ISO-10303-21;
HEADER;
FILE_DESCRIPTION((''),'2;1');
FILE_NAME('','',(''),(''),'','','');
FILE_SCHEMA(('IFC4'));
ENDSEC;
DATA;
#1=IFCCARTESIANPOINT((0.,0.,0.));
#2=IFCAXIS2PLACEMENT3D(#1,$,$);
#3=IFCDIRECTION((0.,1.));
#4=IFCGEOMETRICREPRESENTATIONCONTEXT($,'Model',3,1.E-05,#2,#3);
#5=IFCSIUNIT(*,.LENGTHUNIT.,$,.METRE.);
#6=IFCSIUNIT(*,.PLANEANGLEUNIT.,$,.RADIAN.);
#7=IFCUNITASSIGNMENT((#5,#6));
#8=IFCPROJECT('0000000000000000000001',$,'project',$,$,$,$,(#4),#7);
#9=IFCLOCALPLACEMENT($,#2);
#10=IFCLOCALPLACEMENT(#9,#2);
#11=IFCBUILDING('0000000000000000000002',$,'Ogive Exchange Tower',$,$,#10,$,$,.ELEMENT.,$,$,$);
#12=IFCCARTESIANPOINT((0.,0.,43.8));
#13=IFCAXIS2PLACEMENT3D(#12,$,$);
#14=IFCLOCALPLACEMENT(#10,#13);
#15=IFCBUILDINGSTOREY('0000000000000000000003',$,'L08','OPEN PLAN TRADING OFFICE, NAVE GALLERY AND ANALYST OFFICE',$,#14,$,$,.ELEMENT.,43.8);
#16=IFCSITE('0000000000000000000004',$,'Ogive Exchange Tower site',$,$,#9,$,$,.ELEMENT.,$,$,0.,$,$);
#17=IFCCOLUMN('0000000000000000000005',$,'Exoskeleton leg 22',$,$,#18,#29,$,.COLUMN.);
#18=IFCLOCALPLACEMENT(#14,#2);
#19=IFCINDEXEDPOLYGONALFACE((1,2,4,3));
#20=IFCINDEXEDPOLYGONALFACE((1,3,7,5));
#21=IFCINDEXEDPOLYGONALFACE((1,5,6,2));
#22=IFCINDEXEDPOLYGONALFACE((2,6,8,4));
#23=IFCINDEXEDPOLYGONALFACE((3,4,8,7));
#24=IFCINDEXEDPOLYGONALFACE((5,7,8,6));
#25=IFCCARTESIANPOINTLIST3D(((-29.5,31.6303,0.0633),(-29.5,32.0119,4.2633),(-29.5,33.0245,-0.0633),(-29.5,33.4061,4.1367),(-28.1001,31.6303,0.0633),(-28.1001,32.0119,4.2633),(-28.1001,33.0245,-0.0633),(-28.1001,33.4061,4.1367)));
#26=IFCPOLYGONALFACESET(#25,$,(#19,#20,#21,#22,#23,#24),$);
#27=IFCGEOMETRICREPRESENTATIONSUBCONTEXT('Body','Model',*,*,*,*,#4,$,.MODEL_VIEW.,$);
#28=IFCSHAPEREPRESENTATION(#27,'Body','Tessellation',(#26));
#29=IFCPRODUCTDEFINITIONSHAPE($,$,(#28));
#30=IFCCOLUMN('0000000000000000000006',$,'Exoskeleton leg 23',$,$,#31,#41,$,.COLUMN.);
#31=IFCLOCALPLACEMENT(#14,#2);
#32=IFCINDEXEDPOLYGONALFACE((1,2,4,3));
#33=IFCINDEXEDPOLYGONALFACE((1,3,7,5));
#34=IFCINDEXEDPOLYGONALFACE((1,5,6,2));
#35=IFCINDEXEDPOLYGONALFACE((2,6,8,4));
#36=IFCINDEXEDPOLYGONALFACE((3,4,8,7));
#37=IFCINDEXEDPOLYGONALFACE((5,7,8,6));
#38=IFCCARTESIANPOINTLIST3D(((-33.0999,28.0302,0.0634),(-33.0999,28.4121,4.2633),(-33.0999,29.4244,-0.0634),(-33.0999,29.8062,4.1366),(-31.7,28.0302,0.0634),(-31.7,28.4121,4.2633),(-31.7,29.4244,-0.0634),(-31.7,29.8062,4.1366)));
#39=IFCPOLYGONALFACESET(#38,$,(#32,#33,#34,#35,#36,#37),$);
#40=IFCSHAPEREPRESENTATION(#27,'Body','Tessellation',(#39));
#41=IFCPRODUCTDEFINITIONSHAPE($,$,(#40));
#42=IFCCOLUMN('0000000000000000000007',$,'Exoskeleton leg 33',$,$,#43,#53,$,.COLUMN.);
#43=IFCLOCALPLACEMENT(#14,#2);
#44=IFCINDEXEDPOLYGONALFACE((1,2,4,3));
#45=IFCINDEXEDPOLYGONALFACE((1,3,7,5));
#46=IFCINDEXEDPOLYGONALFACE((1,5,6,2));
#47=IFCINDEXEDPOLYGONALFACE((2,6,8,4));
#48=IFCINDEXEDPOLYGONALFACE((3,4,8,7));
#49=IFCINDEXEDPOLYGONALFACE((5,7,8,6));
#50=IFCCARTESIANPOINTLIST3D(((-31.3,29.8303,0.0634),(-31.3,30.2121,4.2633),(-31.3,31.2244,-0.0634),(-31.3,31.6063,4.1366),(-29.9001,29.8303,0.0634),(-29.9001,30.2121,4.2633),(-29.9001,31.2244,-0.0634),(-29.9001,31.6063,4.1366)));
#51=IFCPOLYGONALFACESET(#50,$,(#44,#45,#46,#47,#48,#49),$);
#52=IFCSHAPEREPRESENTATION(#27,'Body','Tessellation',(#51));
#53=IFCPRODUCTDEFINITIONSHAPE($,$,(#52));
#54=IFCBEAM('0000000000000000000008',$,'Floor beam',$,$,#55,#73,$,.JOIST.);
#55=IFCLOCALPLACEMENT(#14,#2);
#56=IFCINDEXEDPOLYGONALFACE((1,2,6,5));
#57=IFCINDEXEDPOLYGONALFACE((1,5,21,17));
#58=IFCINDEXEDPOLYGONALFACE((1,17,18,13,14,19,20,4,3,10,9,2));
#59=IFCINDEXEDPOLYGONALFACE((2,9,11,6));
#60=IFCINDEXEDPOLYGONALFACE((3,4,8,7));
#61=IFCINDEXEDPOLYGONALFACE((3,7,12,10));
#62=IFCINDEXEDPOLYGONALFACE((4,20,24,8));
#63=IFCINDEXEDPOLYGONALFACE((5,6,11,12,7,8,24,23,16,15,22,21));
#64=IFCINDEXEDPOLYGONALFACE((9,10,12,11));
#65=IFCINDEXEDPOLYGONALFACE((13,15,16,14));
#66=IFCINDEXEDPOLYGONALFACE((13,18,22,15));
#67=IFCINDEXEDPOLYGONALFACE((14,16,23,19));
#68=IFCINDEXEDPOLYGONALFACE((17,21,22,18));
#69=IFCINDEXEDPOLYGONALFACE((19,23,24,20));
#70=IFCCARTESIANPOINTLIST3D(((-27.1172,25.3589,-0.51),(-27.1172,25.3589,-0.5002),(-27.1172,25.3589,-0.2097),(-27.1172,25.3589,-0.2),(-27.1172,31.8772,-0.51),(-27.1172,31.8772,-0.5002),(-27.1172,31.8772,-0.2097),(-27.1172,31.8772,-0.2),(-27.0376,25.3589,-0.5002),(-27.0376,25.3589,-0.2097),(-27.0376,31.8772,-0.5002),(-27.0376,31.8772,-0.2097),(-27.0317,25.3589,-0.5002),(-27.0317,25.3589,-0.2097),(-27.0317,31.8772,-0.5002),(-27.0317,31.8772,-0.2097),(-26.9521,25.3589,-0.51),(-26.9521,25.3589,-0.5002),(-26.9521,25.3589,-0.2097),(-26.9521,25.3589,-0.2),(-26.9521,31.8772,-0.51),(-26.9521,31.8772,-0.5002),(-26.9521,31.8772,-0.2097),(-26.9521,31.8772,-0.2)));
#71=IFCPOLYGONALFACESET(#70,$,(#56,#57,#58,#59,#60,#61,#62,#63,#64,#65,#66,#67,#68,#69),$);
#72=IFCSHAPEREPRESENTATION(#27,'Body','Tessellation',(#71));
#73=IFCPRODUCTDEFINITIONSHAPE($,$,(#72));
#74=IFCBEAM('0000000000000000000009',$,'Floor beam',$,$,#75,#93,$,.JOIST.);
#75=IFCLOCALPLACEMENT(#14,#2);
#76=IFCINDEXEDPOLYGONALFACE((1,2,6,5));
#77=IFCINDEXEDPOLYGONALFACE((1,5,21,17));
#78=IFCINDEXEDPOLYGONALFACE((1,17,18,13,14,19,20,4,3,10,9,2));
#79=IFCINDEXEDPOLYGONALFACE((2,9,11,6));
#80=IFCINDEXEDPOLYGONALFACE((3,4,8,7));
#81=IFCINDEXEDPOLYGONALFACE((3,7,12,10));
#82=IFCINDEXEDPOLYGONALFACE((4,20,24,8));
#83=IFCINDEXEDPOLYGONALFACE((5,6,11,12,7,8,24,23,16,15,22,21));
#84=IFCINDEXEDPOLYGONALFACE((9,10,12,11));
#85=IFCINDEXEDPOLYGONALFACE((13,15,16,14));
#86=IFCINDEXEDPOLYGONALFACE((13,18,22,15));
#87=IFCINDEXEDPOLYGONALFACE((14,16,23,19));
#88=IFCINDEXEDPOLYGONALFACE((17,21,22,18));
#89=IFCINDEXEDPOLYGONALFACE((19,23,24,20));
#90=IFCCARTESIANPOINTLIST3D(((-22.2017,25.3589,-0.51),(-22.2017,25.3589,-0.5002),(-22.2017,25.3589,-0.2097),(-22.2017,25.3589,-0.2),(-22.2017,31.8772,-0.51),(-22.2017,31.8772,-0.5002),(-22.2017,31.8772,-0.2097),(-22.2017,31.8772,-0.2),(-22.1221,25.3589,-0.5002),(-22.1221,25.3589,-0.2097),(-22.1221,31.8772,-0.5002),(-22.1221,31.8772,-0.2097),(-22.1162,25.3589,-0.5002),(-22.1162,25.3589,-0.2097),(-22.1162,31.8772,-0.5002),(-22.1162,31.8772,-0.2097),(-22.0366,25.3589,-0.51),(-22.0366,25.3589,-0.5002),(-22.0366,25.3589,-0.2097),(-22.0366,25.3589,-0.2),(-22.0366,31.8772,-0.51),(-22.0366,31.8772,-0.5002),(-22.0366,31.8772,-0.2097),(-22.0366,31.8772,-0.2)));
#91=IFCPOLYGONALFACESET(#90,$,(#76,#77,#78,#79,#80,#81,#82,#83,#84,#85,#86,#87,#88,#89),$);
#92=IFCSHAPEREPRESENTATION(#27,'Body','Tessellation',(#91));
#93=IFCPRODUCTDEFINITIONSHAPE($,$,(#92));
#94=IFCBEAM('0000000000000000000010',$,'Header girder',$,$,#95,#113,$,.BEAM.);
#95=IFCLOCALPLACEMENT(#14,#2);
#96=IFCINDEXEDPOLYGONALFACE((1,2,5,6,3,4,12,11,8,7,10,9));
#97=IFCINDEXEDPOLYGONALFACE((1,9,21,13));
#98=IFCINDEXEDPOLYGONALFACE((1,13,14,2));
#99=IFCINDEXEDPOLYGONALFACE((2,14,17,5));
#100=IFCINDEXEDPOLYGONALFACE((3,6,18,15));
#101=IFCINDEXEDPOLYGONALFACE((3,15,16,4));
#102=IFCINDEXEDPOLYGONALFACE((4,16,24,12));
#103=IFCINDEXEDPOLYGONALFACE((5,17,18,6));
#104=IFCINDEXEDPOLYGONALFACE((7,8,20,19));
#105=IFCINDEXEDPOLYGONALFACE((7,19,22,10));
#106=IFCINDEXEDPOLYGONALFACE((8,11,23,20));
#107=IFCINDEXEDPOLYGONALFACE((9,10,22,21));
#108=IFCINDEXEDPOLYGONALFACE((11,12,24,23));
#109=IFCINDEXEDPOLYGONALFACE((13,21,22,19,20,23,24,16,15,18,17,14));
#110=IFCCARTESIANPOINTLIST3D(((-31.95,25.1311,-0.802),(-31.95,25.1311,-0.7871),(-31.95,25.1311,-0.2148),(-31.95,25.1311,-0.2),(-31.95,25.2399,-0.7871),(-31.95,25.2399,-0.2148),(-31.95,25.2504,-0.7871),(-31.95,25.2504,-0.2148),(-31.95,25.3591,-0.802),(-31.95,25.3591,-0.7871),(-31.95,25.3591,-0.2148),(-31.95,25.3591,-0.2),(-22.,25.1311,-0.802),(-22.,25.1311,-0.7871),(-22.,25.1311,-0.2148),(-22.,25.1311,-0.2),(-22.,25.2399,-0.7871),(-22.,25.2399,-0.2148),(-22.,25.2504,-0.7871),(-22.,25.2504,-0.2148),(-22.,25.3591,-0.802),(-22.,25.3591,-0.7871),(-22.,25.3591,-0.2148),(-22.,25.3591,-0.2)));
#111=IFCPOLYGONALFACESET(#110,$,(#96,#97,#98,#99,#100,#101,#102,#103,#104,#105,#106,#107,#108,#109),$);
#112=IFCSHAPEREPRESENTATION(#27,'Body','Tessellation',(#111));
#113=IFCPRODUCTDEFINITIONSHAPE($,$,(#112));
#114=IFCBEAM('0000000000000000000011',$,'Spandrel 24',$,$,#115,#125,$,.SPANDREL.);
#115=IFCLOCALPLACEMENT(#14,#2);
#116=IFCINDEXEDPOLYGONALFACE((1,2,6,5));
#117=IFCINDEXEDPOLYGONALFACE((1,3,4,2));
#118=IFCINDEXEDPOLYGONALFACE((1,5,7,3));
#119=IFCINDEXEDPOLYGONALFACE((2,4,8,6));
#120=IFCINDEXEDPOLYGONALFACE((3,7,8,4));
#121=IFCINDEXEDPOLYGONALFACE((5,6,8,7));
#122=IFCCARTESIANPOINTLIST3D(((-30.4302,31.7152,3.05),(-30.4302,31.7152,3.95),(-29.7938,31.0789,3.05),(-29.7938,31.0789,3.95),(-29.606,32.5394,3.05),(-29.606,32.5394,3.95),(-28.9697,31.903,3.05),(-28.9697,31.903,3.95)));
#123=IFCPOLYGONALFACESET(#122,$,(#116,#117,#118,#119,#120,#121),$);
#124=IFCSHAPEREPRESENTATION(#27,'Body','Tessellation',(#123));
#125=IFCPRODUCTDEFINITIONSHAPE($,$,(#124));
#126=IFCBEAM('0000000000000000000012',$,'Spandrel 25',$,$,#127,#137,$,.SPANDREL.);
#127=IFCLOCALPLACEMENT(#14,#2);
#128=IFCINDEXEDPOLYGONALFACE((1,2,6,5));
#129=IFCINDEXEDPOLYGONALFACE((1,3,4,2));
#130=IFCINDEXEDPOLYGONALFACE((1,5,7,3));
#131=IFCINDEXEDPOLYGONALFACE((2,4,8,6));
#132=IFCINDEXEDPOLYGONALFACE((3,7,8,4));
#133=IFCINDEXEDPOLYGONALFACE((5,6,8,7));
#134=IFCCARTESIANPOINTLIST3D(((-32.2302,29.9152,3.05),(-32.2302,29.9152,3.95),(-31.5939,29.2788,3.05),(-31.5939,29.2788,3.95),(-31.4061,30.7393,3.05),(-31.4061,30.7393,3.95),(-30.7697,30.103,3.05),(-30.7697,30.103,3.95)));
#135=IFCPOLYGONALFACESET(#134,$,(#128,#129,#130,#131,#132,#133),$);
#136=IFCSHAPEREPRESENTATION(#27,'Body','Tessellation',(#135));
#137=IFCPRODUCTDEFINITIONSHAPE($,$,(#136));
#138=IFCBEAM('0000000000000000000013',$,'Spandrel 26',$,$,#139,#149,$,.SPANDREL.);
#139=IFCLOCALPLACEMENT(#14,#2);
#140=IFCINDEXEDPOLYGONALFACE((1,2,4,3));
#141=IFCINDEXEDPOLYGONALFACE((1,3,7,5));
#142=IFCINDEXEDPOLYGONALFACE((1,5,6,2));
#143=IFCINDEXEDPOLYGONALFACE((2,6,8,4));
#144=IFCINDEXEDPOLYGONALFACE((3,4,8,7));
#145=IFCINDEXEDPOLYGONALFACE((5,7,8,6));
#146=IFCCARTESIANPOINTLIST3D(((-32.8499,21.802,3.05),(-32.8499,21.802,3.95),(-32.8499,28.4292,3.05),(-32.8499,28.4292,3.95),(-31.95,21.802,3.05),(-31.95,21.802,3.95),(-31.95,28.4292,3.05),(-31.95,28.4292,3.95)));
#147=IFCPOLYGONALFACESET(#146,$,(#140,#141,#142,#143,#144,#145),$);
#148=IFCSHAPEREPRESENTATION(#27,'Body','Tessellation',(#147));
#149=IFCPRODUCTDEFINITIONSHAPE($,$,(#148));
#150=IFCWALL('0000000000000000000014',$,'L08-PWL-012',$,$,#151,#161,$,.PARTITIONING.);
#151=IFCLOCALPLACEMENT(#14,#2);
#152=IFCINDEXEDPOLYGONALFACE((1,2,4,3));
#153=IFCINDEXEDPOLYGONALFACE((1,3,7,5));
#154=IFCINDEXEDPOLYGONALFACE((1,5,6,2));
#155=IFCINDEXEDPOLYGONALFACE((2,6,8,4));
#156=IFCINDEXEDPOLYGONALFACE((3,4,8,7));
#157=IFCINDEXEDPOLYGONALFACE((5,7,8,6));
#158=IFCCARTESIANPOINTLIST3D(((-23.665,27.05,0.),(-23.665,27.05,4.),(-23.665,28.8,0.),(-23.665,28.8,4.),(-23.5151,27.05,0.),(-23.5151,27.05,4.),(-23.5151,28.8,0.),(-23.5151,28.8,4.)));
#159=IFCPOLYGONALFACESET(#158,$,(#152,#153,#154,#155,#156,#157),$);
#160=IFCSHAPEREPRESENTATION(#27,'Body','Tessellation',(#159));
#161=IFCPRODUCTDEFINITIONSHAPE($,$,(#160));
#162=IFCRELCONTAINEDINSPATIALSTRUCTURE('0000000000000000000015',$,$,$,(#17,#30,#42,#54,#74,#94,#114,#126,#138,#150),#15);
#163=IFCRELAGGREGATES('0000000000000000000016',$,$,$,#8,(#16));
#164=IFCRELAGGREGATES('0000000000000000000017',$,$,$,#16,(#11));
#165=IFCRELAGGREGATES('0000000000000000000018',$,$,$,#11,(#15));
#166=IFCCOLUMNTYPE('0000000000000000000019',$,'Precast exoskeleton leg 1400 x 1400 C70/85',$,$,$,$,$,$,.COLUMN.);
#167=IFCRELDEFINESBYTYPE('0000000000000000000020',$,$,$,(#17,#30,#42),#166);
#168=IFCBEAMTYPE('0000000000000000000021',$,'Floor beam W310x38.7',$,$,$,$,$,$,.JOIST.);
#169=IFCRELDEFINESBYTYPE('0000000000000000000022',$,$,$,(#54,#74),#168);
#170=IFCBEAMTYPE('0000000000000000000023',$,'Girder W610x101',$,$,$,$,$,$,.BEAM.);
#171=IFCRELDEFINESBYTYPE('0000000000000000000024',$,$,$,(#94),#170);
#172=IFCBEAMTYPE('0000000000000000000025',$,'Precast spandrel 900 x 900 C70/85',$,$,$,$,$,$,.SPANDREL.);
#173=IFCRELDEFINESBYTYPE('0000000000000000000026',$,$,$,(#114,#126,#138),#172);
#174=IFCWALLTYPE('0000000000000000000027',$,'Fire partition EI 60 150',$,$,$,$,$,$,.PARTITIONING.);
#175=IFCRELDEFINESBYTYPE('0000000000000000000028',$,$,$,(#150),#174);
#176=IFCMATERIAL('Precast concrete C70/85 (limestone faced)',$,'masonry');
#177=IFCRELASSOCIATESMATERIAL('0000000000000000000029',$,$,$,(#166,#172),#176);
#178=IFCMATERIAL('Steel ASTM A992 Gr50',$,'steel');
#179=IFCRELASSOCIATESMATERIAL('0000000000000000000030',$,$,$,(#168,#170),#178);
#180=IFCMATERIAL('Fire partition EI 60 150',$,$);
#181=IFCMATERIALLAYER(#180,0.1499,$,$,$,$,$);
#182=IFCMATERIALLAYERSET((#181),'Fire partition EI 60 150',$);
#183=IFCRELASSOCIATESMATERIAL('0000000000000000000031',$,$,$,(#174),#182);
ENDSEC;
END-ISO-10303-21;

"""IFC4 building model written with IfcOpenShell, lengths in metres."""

from ifc_helpers import new_model, si_unit, direction, frame, frame_2d, origin, origin_2d, place, context, subcontext, project, spatial, rectangle, i_section, extrude, material, layer, layer_set, material_profile, profile_set, type_object, element, save


model = new_model("IFC4")

# Units and contexts
model_context = context("Model", 3, precision=1e-05, world=origin(), true_north=direction((0.0, 1.0)))
body_context = subcontext(model_context, "Body", "Model", "MODEL_VIEW")
ifc_project = project(units=[si_unit("LENGTHUNIT", "METRE"), si_unit("PLANEANGLEUNIT", "RADIAN")], contexts=[model_context])

# Site, building, storey
site_placement = place(None, origin())
site = spatial("IfcSite", under=ifc_project, at=site_placement, Name="Ogive Exchange Tower site", CompositionType="ELEMENT", RefElevation=0.0)
building_placement = place(site_placement, origin())
building = spatial("IfcBuilding", under=site, at=building_placement, Name="Ogive Exchange Tower", CompositionType="ELEMENT")
storey_placement = place(building_placement, frame((0.0, 0.0, 43.8)))
storey = spatial("IfcBuildingStorey", under=building, at=storey_placement, Name="L08", Description="OPEN PLAN TRADING OFFICE, NAVE GALLERY AND ANALYST OFFICE", CompositionType="ELEMENT", Elevation=43.8)

# Columns
ifc_material_1 = material(Name="Precast concrete C70/85 (limestone faced)", Category="masonry")
ifc_material_profile_1 = material_profile(ifc_material_1, rectangle(XDim=1.3999, YDim=1.3999, at=origin_2d()), Name="1400 x 1400")
ifc_profile_set_1 = profile_set([ifc_material_profile_1], Name="Precast concrete C70/85 (limestone faced)")
column_type = type_object("IfcColumnType", Name="Precast exoskeleton leg 1400 x 1400 C70/85", PredefinedType="COLUMN", material=ifc_profile_set_1)
for number, where, z_axis, x_axis, name in (
    (1, (-28.8, 32.3274, 0.0), (0.0, 0.090484, 0.995898), (-1.0, 0.0, 0.0), "Exoskeleton leg 22"),
    (2, (-32.3999, 28.7273, 0.0), (0.0, 0.090541, 0.995893), (-1.0, 0.0, 0.0), "Exoskeleton leg 23"),
    (3, (-30.6001, 30.5273, 0.0), (0.0, 0.090541, 0.995893), (-1.0, 0.0, 0.0), "Exoskeleton leg 33"),
):
    element("IfcColumn", number, at=place(storey_placement, frame(where, z_axis=z_axis, x_axis=x_axis)), inside=storey, type_object=column_type, Name=name, PredefinedType="COLUMN", context=body_context, shape_type="SweptSolid", body=[
        extrude(rectangle(XDim=1.3999, YDim=1.3999, at=origin_2d()), origin(), (0.0, 0.0, 1.0), 4.2173),
    ])

# Beams
ifc_material_2 = material(Name="Steel ASTM A992 Gr50", Category="steel")
ifc_material_profile_2 = material_profile(ifc_material_2, i_section(OverallWidth=0.165, OverallDepth=0.3101, WebThickness=0.0059, FlangeThickness=0.0098, at=origin_2d()), Name="W310x38.7")
ifc_profile_set_2 = profile_set([ifc_material_profile_2], Name="Steel ASTM A992 Gr50")
beam_type_1 = type_object("IfcBeamType", Name="Floor beam W310x38.7", PredefinedType="JOIST", material=ifc_profile_set_2)
for number, where, z_axis, x_axis, name in (
    (4, (-27.0347, 25.3589, -0.355), (0.0, 1.0, 0.0), (-1.0, 0.0, 0.0), "Floor beam"),
    (5, (-22.1191, 25.3589, -0.355), (0.0, 1.0, 0.0), (-1.0, 0.0, 0.0), "Floor beam"),
):
    element("IfcBeam", number, at=place(storey_placement, frame(where, z_axis=z_axis, x_axis=x_axis)), inside=storey, type_object=beam_type_1, Name=name, PredefinedType="JOIST", context=body_context, shape_type="SweptSolid", body=[
        extrude(i_section(OverallWidth=0.165, OverallDepth=0.3101, WebThickness=0.0059, FlangeThickness=0.0098, at=origin_2d()), origin(), (0.0, 0.0, 1.0), 6.5183),
    ])
ifc_material_profile_3 = material_profile(ifc_material_2, i_section(OverallWidth=0.228, OverallDepth=0.6021, WebThickness=0.0105, FlangeThickness=0.0149, at=origin_2d()), Name="W610x101")
ifc_profile_set_3 = profile_set([ifc_material_profile_3], Name="Steel ASTM A992 Gr50")
beam_type_2 = type_object("IfcBeamType", Name="Girder W610x101", PredefinedType="BEAM", material=ifc_profile_set_3)
beam_1_placement = place(storey_placement, frame((-31.95, 25.2451, -0.501), z_axis=(1.0, 0.0, 0.0), x_axis=(0.0, 1.0, 0.0)))
element("IfcBeam", 6, at=beam_1_placement, inside=storey, type_object=beam_type_2, Name="Header girder", PredefinedType="BEAM", context=body_context, shape_type="SweptSolid", body=[
    extrude(i_section(OverallWidth=0.228, OverallDepth=0.6021, WebThickness=0.0105, FlangeThickness=0.0149, at=origin_2d()), origin(), (0.0, 0.0, 1.0), 9.95),
])
ifc_material_profile_4 = material_profile(ifc_material_1, rectangle(XDim=0.8999, YDim=0.8999, at=origin_2d()), Name="900 x 900")
ifc_profile_set_4 = profile_set([ifc_material_profile_4], Name="Precast concrete C70/85 (limestone faced)")
beam_type_3 = type_object("IfcBeamType", Name="Precast spandrel 900 x 900 C70/85", PredefinedType="SPANDREL", material=ifc_profile_set_4)
for number, where, z_axis, x_axis, name in (
    (7, (-29.2878, 32.2212, 3.5), (-0.707107, -0.707107, 0.0), (0.707107, -0.707107, 0.0), "Spandrel 24"),
    (8, (-31.0879, 30.4211, 3.5), (-0.707107, -0.707107, 0.0), (0.707107, -0.707107, 0.0), "Spandrel 25"),
):
    element("IfcBeam", number, at=place(storey_placement, frame(where, z_axis=z_axis, x_axis=x_axis)), inside=storey, type_object=beam_type_3, Name=name, PredefinedType="SPANDREL", context=body_context, shape_type="SweptSolid", body=[
        extrude(rectangle(XDim=0.8999, YDim=0.8999, at=origin_2d()), origin(), (0.0, 0.0, 1.0), 1.1655),
    ])
beam_2_placement = place(storey_placement, frame((-32.3999, 28.4292, 3.5), z_axis=(0.0, -1.0, 0.0), x_axis=(1.0, 0.0, 0.0)))
element("IfcBeam", 9, at=beam_2_placement, inside=storey, type_object=beam_type_3, Name="Spandrel 26", PredefinedType="SPANDREL", context=body_context, shape_type="SweptSolid", body=[
    extrude(rectangle(XDim=0.8999, YDim=0.8999, at=origin_2d()), origin(), (0.0, 0.0, 1.0), 6.6272),
])

# Wall
ifc_material_3 = material(Name="Fire partition EI 60 150")
ifc_layer_1 = layer(ifc_material_3, 0.1499)
ifc_layer_set_1 = layer_set([ifc_layer_1], Name="Fire partition EI 60 150")
wall_type_1 = type_object("IfcWallType", Name="Fire partition EI 60 150", PredefinedType="PARTITIONING", material=ifc_layer_set_1)
wall_1_placement = place(storey_placement, frame((-23.5901, 27.05, 0.0), z_axis=(0.0, 0.0, 1.0), x_axis=(0.0, 1.0, 0.0)))
element("IfcWall", 10, at=wall_1_placement, inside=storey, type_object=wall_type_1, Name="L08-PWL-012", PredefinedType="PARTITIONING", context=body_context, shape_type="SweptSolid", body=[
    extrude(rectangle(XDim=1.75, YDim=0.1499, at=frame_2d((0.875, 0.0))), origin(), (0.0, 0.0, 1.0), 4.0),
])

save(model, "model.ifc")
